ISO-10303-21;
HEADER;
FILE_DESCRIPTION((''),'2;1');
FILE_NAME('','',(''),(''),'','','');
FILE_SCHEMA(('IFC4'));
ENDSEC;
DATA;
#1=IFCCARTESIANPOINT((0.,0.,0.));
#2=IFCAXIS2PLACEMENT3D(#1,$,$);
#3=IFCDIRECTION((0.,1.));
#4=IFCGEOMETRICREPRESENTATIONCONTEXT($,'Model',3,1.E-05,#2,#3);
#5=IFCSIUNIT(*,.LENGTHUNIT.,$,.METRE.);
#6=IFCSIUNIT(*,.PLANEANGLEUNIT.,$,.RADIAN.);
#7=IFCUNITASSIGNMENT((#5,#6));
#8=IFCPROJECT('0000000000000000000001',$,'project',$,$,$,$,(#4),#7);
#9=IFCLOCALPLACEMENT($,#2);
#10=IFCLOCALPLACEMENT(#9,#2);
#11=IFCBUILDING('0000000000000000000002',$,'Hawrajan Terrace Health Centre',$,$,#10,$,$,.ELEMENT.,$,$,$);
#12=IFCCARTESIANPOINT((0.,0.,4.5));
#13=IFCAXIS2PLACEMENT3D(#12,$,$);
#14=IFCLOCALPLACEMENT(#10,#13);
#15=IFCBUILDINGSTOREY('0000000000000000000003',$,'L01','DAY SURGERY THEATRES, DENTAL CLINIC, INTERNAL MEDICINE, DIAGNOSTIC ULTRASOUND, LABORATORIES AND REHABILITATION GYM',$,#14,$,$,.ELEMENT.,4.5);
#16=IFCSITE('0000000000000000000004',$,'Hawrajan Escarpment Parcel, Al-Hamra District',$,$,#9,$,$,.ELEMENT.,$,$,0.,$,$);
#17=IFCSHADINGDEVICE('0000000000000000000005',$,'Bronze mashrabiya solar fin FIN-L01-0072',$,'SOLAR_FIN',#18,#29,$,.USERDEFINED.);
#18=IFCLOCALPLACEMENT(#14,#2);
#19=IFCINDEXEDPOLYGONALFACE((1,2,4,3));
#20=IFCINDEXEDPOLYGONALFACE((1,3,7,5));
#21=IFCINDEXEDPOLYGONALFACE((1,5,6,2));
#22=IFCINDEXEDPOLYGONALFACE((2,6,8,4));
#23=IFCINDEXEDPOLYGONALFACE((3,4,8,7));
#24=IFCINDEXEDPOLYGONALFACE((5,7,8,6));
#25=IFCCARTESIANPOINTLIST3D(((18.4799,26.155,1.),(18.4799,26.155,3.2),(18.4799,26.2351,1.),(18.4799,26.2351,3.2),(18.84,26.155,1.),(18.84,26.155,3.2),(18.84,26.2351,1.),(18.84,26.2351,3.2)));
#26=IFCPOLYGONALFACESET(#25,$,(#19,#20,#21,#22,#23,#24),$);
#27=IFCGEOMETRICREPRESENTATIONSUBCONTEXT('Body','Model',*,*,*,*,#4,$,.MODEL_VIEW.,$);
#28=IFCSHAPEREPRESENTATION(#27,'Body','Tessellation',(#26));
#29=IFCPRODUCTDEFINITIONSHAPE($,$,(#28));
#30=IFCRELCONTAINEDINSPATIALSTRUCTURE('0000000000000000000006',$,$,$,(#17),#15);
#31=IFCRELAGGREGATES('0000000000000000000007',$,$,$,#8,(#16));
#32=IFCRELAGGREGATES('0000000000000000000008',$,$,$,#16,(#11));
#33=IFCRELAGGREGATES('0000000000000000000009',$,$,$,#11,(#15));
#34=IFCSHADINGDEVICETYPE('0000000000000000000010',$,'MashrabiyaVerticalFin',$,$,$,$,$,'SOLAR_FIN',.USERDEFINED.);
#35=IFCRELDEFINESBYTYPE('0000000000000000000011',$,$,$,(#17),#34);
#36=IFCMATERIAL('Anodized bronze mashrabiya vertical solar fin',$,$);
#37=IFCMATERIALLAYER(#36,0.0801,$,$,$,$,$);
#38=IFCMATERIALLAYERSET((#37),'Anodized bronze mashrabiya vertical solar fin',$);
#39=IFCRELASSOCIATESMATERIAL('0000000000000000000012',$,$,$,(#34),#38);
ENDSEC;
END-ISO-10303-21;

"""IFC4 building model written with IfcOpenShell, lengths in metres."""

from ifc_helpers import new_model, si_unit, direction, frame, origin, origin_2d, place, context, subcontext, project, spatial, rectangle, extrude, material, layer, layer_set, type_object, element, save


model = new_model("IFC4")

# Units and contexts
model_context = context("Model", 3, precision=1e-05, world=origin(), true_north=direction((0.0, 1.0)))
body_context = subcontext(model_context, "Body", "Model", "MODEL_VIEW")
ifc_project = project(units=[si_unit("LENGTHUNIT", "METRE"), si_unit("PLANEANGLEUNIT", "RADIAN")], contexts=[model_context])

# Site, building, storey
site_placement = place(None, origin())
site = spatial("IfcSite", under=ifc_project, at=site_placement, Name="Hawrajan Escarpment Parcel, Al-Hamra District", CompositionType="ELEMENT", RefElevation=0.0)
building_placement = place(site_placement, origin())
building = spatial("IfcBuilding", under=site, at=building_placement, Name="Hawrajan Terrace Health Centre", CompositionType="ELEMENT")
storey_placement = place(building_placement, frame((0.0, 0.0, 4.5)))
storey = spatial("IfcBuildingStorey", under=building, at=storey_placement, Name="L01", Description="DAY SURGERY THEATRES, DENTAL CLINIC, INTERNAL MEDICINE, DIAGNOSTIC ULTRASOUND, LABORATORIES AND REHABILITATION GYM", CompositionType="ELEMENT", Elevation=4.5)

# Shading device
ifc_material_1 = material(Name="Anodized bronze mashrabiya vertical solar fin")
ifc_layer_1 = layer(ifc_material_1, 0.0801)
ifc_layer_set_1 = layer_set([ifc_layer_1], Name="Anodized bronze mashrabiya vertical solar fin")
shading_device_type = type_object("IfcShadingDeviceType", Name="MashrabiyaVerticalFin", ElementType="SOLAR_FIN", PredefinedType="USERDEFINED", material=ifc_layer_set_1)
for number, where, z_axis, x_axis, name in (
    (1, (18.6599, 26.1951, 1.0), (0.0, 0.0, 1.0), (0.0, 1.0, 0.0), "Bronze mashrabiya solar fin FIN-L01-0072"),
):
    element("IfcShadingDevice", number, at=place(storey_placement, frame(where, z_axis=z_axis, x_axis=x_axis)), inside=storey, type_object=shading_device_type, Name=name, ObjectType="SOLAR_FIN", PredefinedType="USERDEFINED", context=body_context, shape_type="SweptSolid", body=[
        extrude(rectangle(XDim=0.0801, YDim=0.3601, at=origin_2d()), origin(), (0.0, 0.0, 1.0), 2.2),
    ])

save(model, "model.ifc")
